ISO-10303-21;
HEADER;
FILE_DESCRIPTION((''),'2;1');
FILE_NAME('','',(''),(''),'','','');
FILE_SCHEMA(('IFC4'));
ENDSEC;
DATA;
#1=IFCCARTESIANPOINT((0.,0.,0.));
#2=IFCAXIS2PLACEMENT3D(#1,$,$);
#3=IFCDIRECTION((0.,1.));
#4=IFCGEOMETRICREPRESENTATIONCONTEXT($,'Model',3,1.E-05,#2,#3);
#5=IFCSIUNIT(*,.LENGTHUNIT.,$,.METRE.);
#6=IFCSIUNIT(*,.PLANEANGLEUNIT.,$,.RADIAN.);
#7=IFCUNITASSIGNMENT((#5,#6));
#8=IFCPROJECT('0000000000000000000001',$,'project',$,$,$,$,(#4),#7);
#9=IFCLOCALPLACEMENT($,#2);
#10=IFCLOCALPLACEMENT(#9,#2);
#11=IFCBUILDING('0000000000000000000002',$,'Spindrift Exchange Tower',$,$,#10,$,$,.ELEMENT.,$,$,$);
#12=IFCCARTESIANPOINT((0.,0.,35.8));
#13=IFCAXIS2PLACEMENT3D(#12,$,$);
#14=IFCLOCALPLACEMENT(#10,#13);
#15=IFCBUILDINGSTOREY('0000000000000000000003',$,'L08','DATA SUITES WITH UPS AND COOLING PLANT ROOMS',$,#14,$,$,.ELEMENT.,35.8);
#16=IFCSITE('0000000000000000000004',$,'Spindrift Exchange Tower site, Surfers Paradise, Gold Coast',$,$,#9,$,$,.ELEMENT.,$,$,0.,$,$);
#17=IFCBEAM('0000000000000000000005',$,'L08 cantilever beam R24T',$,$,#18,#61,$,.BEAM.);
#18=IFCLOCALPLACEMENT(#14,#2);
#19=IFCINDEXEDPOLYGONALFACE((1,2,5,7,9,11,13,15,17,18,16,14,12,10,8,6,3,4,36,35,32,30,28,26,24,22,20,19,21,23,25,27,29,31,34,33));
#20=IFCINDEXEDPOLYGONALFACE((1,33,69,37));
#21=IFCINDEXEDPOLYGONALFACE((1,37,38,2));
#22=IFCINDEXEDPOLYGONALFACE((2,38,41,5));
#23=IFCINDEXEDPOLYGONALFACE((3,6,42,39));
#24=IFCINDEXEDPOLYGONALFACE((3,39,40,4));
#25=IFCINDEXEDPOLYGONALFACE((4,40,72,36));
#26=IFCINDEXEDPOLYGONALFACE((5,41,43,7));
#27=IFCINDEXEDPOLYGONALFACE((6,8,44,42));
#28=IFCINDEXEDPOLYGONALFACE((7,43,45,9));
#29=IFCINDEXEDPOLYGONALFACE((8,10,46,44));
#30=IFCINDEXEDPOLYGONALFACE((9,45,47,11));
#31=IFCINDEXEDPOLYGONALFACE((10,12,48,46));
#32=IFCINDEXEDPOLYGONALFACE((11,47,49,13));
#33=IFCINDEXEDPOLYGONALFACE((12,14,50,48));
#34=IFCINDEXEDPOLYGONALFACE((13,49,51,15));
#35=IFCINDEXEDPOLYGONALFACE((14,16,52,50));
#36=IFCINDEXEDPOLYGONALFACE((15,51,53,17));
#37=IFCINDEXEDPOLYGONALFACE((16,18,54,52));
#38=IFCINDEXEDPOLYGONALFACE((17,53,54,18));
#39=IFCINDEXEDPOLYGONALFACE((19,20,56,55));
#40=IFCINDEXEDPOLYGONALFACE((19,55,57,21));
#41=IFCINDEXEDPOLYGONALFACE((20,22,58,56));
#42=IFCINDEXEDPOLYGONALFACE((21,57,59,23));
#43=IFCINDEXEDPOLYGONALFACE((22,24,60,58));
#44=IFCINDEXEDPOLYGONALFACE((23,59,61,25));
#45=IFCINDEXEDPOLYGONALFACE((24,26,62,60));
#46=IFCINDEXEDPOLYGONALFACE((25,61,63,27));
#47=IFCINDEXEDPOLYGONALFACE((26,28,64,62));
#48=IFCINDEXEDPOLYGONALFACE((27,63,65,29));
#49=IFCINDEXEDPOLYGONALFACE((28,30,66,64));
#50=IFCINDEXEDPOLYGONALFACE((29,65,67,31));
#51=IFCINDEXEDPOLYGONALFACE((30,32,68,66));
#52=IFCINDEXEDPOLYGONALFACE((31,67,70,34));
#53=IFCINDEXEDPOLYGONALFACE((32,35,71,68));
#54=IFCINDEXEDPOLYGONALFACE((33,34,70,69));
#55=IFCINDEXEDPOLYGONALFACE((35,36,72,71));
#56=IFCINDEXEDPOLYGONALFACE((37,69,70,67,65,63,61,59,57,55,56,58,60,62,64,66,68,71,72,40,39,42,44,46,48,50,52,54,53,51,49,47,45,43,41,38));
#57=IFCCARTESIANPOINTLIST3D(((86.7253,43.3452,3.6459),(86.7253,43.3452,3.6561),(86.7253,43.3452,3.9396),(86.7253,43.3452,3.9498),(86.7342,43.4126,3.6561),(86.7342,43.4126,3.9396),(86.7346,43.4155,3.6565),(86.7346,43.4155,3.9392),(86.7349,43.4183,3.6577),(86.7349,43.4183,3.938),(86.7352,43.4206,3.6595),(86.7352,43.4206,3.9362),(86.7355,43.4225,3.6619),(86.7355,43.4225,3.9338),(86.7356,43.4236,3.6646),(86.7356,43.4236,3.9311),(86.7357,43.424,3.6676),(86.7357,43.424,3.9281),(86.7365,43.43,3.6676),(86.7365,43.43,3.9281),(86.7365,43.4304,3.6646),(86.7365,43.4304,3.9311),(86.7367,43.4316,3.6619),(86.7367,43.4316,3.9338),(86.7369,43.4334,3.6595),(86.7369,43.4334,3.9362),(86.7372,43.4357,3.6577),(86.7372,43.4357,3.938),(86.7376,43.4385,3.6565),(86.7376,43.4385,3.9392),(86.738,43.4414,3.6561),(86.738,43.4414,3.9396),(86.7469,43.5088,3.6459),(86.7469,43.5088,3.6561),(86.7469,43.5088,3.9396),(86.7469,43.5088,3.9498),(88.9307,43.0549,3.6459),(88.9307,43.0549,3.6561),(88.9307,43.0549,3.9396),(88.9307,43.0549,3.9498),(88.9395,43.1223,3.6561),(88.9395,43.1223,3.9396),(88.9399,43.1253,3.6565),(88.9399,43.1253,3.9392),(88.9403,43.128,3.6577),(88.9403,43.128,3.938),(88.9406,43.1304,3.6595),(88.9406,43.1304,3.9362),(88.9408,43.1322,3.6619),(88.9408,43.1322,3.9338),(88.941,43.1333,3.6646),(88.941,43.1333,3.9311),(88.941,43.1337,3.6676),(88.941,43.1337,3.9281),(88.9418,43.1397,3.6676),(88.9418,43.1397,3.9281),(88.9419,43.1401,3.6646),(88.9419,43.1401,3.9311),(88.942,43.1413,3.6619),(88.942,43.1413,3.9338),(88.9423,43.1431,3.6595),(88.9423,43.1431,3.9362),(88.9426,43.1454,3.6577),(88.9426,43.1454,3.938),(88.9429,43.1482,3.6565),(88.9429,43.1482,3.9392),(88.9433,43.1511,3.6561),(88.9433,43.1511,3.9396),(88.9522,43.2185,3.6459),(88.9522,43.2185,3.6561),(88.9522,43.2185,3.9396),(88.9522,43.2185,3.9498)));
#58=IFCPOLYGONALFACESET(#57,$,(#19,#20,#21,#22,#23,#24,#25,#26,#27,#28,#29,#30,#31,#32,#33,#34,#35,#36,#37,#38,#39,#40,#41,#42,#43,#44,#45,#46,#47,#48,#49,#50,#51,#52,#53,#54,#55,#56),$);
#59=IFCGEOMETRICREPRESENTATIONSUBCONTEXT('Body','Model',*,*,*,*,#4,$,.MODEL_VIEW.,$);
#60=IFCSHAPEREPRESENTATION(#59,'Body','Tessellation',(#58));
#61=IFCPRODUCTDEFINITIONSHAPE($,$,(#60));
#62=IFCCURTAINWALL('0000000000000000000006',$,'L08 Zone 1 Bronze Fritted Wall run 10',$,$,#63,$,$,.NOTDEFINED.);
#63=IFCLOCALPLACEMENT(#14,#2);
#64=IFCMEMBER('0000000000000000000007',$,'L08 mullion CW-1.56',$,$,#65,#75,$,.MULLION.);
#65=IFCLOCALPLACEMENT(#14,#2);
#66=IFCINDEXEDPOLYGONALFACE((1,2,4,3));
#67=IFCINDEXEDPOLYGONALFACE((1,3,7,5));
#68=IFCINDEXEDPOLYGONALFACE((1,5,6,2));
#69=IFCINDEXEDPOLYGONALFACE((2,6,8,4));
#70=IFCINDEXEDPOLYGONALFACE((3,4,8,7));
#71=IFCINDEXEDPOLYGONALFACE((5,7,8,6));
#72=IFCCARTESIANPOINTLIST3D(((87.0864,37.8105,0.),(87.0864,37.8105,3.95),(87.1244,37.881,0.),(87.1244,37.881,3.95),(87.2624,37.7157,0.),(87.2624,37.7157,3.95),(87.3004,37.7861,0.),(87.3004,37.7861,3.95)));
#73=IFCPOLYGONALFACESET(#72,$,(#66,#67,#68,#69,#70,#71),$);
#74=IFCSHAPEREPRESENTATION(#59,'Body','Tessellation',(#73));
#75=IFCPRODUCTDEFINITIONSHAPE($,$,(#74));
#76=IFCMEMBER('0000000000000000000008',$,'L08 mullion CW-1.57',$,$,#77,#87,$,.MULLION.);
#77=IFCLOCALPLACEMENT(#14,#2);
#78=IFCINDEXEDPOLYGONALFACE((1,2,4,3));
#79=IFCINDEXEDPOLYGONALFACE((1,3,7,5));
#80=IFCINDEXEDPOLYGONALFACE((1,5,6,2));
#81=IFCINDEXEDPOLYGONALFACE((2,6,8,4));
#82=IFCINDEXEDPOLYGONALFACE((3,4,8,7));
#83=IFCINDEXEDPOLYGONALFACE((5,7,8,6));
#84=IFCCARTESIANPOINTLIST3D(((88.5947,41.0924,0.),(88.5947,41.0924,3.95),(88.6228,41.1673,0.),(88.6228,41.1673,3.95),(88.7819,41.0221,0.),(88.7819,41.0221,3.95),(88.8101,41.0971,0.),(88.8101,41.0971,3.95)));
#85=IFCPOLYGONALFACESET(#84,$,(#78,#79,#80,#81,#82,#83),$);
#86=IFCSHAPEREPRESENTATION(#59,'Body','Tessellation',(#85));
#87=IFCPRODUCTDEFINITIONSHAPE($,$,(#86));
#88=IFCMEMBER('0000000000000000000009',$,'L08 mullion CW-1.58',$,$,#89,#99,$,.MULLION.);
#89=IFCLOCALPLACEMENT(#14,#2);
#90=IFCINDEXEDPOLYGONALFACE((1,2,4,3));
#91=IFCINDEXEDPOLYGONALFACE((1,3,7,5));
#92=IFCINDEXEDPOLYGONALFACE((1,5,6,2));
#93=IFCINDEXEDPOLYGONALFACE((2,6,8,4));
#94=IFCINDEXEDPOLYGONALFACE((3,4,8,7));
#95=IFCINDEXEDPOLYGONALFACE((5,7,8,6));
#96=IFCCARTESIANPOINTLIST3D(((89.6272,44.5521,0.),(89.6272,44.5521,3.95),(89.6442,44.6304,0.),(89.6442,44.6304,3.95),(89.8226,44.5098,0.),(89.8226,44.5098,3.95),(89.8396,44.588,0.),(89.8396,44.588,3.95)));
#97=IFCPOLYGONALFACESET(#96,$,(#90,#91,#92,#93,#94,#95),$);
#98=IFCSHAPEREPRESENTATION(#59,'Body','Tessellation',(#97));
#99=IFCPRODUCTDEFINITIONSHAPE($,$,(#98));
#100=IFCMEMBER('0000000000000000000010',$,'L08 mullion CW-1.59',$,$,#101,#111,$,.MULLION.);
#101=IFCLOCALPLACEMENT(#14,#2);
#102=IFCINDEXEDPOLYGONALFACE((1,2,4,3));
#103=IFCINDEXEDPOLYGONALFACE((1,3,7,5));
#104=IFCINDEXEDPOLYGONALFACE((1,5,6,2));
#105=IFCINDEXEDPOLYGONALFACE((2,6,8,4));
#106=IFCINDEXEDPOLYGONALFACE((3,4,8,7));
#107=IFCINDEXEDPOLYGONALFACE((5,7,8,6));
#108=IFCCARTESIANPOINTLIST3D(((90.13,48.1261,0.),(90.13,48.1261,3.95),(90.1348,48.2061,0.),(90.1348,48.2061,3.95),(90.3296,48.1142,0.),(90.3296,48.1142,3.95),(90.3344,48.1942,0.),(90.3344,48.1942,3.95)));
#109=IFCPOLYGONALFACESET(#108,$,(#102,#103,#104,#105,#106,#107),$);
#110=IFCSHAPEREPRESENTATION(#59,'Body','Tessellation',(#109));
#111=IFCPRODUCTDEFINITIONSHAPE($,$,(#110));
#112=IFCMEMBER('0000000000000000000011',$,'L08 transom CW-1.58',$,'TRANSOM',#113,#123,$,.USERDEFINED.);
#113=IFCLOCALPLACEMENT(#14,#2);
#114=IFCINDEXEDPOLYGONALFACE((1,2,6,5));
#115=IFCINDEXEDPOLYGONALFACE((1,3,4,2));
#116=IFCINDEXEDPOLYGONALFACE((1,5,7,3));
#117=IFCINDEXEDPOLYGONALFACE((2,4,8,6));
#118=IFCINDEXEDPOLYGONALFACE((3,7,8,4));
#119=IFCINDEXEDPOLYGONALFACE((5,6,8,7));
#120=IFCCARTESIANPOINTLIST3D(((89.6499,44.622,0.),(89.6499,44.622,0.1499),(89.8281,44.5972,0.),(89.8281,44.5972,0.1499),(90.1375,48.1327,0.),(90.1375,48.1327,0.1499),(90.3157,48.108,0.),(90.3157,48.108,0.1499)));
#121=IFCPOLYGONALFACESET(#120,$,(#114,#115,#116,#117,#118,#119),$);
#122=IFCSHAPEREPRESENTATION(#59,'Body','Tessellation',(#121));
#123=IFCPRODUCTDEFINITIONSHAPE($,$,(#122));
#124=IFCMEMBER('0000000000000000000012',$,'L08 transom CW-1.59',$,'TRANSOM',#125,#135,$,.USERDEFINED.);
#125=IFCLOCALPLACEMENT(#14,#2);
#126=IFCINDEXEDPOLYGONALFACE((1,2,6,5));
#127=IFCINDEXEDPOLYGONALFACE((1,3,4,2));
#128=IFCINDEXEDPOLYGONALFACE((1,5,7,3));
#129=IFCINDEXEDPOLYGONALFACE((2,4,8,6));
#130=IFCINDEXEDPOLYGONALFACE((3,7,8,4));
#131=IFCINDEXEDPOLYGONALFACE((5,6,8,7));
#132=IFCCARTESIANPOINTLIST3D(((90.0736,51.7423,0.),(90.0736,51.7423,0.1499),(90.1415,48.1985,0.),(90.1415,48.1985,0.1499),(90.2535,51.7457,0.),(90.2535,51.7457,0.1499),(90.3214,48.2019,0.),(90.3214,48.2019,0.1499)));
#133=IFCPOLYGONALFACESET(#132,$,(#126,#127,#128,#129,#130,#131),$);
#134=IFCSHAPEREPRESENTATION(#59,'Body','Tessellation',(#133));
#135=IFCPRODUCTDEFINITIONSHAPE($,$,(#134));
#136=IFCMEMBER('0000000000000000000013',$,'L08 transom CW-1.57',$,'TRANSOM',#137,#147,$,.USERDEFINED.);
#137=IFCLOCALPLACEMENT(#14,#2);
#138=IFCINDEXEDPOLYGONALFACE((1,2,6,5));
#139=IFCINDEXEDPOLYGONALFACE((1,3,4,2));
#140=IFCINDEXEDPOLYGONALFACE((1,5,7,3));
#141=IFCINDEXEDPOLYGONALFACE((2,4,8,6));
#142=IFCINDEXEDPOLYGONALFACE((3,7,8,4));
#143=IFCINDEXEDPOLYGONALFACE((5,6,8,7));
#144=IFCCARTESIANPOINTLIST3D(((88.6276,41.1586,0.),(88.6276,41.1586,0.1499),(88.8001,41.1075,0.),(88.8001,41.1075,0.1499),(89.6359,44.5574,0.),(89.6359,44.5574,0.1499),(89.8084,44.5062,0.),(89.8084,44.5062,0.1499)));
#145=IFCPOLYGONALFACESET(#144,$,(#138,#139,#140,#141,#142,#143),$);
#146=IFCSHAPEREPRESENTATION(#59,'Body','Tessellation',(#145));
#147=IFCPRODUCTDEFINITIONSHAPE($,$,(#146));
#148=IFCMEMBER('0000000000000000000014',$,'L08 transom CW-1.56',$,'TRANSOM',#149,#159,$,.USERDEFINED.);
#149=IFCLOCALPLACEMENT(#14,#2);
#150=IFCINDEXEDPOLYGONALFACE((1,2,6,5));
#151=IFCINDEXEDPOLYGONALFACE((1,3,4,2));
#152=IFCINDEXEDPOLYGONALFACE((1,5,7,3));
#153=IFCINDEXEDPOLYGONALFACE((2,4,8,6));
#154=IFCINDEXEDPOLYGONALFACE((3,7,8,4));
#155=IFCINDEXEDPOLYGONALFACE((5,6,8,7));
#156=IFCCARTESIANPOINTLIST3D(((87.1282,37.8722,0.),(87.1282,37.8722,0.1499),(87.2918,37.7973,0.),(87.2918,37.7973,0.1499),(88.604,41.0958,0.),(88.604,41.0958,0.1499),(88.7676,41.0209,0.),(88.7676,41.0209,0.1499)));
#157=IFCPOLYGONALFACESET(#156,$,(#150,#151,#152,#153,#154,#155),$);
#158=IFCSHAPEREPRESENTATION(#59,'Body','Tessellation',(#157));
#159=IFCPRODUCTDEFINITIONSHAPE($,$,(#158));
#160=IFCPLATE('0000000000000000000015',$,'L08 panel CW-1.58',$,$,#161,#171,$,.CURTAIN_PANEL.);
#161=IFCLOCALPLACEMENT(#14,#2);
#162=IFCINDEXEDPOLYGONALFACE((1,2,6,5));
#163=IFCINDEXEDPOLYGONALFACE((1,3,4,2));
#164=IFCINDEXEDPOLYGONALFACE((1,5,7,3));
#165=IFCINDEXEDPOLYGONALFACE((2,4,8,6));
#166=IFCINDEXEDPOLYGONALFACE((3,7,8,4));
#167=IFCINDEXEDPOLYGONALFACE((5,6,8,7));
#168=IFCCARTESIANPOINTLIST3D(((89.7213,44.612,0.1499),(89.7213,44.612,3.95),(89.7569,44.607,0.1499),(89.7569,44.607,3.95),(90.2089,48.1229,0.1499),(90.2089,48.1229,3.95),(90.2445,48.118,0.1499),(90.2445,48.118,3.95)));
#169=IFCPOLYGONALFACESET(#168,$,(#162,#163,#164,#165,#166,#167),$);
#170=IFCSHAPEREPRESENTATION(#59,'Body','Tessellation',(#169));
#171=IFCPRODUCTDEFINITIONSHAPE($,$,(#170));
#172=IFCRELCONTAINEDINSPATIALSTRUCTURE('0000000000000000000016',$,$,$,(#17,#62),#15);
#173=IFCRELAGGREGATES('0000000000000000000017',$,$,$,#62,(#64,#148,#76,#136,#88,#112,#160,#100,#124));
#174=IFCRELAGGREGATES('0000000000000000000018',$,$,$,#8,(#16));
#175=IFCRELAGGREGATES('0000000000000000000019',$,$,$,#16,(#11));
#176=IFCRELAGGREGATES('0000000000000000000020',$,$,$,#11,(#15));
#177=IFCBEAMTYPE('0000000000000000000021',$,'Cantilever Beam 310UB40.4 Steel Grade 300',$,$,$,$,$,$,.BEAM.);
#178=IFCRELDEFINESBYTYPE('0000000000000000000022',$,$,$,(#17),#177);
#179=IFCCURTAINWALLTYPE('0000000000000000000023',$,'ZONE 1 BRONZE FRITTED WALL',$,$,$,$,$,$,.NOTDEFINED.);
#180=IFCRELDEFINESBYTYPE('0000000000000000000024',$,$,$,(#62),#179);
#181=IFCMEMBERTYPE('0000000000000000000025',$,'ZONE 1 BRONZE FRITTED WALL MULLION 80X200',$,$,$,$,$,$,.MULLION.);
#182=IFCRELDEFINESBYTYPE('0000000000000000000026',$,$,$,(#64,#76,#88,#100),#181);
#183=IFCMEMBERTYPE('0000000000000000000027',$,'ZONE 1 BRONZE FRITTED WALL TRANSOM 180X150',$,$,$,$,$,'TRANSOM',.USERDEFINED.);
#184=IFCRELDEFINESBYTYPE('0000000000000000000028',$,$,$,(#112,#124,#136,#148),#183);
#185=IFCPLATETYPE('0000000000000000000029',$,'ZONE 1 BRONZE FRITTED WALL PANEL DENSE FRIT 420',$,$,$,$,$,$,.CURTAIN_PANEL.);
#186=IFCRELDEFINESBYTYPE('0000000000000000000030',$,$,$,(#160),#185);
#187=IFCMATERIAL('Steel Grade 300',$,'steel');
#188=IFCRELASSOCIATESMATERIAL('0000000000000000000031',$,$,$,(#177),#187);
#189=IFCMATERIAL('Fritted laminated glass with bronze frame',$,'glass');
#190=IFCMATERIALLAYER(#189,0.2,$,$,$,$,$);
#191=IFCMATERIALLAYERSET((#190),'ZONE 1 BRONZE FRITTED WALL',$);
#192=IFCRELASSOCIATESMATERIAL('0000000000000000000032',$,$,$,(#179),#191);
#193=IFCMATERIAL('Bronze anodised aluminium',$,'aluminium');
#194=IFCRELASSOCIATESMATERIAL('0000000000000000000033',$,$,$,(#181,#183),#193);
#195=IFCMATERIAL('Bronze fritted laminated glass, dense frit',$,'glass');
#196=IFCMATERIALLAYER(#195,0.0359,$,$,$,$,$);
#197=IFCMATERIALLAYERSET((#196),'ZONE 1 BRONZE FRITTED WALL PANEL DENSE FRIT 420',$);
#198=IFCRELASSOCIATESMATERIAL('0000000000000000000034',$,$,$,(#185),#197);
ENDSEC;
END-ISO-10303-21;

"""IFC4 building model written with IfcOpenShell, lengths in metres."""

from ifc_helpers import new_model, si_unit, direction, frame, origin, origin_2d, place, context, subcontext, project, spatial, rectangle, i_section, extrude, source, transform, mapped, material, layer, layer_set, material_profile, profile_set, type_object, element, aggregate, save


model = new_model("IFC4")

# Units and contexts
model_context = context("Model", 3, precision=1e-05, world=origin(), true_north=direction((0.0, 1.0)))
body_context = subcontext(model_context, "Body", "Model", "MODEL_VIEW")
ifc_project = project(units=[si_unit("LENGTHUNIT", "METRE"), si_unit("PLANEANGLEUNIT", "RADIAN")], contexts=[model_context])

# Site, building, storey
site_placement = place(None, origin())
site = spatial("IfcSite", under=ifc_project, at=site_placement, Name="Spindrift Exchange Tower site, Surfers Paradise, Gold Coast", CompositionType="ELEMENT", RefElevation=0.0)
building_placement = place(site_placement, origin())
building = spatial("IfcBuilding", under=site, at=building_placement, Name="Spindrift Exchange Tower", CompositionType="ELEMENT")
storey_placement = place(building_placement, frame((0.0, 0.0, 35.8)))
storey = spatial("IfcBuildingStorey", under=building, at=storey_placement, Name="L08", Description="DATA SUITES WITH UPS AND COOLING PLANT ROOMS", CompositionType="ELEMENT", Elevation=35.8)

# Beam
ifc_material_1 = material(Name="Steel Grade 300", Category="steel")
ifc_material_profile_1 = material_profile(ifc_material_1, i_section(OverallWidth=0.165, OverallDepth=0.304, WebThickness=0.0061, FlangeThickness=0.0103, FilletRadius=0.0115, at=origin_2d()), Name="310UB40.4")
ifc_profile_set_1 = profile_set([ifc_material_profile_1], Name="Steel Grade 300")
beam_type_1 = type_object("IfcBeamType", Name="Cantilever Beam 310UB40.4 Steel Grade 300", PredefinedType="BEAM", material=ifc_profile_set_1)
shared_shape_1 = source(origin(), body_context, "Body", "SweptSolid", [
    extrude(i_section(OverallWidth=0.165, OverallDepth=0.304, WebThickness=0.0061, FlangeThickness=0.0103, FilletRadius=0.0115, at=origin_2d()), origin(), (0.0, 0.0, 1.0), 2.2244),
])
beam_1_placement = place(storey_placement, frame((86.7361, 43.427, 3.7979), z_axis=(0.991448, -0.130503, 0.0), x_axis=(0.130503, 0.991448, 0.0)))
element("IfcBeam", 1, at=beam_1_placement, inside=storey, type_object=beam_type_1, Name="L08 cantilever beam R24T", PredefinedType="BEAM", context=body_context, shape_type="MappedRepresentation", body=[
    mapped(shared_shape_1, transform((0.0, 0.0, 0.0), scale=1.0)),
])

# Curtain wall, members, plate
ifc_material_2 = material(Name="Fritted laminated glass with bronze frame", Category="glass")
ifc_layer_1 = layer(ifc_material_2, 0.2)
ifc_layer_set_1 = layer_set([ifc_layer_1], Name="ZONE 1 BRONZE FRITTED WALL")
curtain_wall_type = type_object("IfcCurtainWallType", Name="ZONE 1 BRONZE FRITTED WALL", PredefinedType="NOTDEFINED", material=ifc_layer_set_1)
curtain_wall_placement = place(storey_placement, origin())
curtain_wall = element("IfcCurtainWall", 2, at=curtain_wall_placement, inside=storey, type_object=curtain_wall_type, Name="L08 Zone 1 Bronze Fritted Wall run 10", PredefinedType="NOTDEFINED")
ifc_material_3 = material(Name="Bronze anodised aluminium", Category="aluminium")
ifc_material_profile_2 = material_profile(ifc_material_3, rectangle(XDim=0.0801, YDim=0.2, at=origin_2d()), Name="ZONE 1 BRONZE FRITTED WALL MULLION 80X200")
ifc_profile_set_2 = profile_set([ifc_material_profile_2], Name="Bronze anodised aluminium")
member_type_1 = type_object("IfcMemberType", Name="ZONE 1 BRONZE FRITTED WALL MULLION 80X200", PredefinedType="MULLION", material=ifc_profile_set_2)
shared_shape_2 = source(origin(), body_context, "Body", "SweptSolid", [
    extrude(rectangle(XDim=0.0801, YDim=0.2, at=origin_2d()), origin(), (0.0, 0.0, 1.0), 3.95),
])
member_1_placement = place(storey_placement, frame((87.1934, 37.7983, 0.0), z_axis=(0.0, 0.0, 1.0), x_axis=(0.474517, 0.880246, 0.0)))
member_1 = element("IfcMember", 3, at=member_1_placement, type_object=member_type_1, Name="L08 mullion CW-1.56", PredefinedType="MULLION", context=body_context, shape_type="MappedRepresentation", body=[
    mapped(shared_shape_2, transform((0.0, 0.0, 0.0), scale=1.0)),
])
member_2_placement = place(storey_placement, frame((88.7024, 41.0947, 0.0), z_axis=(0.0, 0.0, 1.0), x_axis=(0.351218, 0.936294, 0.0)))
member_2 = element("IfcMember", 4, at=member_2_placement, type_object=member_type_1, Name="L08 mullion CW-1.57", PredefinedType="MULLION", context=body_context, shape_type="MappedRepresentation", body=[
    mapped(shared_shape_2, transform((0.0, 0.0, 0.0), scale=1.0)),
])
member_3_placement = place(storey_placement, frame((89.7334, 44.5701, 0.0), z_axis=(0.0, 0.0, 1.0), x_axis=(0.211585, 0.97736, 0.0)))
member_3 = element("IfcMember", 5, at=member_3_placement, type_object=member_type_1, Name="L08 mullion CW-1.58", PredefinedType="MULLION", context=body_context, shape_type="MappedRepresentation", body=[
    mapped(shared_shape_2, transform((0.0, 0.0, 0.0), scale=1.0)),
])
member_4_placement = place(storey_placement, frame((90.2322, 48.1602, 0.0), z_axis=(0.0, 0.0, 1.0), x_axis=(0.059418, 0.998233, 0.0)))
member_4 = element("IfcMember", 6, at=member_4_placement, type_object=member_type_1, Name="L08 mullion CW-1.59", PredefinedType="MULLION", context=body_context, shape_type="MappedRepresentation", body=[
    mapped(shared_shape_2, transform((0.0, 0.0, 0.0), scale=1.0)),
])
ifc_material_profile_3 = material_profile(ifc_material_3, rectangle(XDim=0.1799, YDim=0.1499, at=origin_2d()), Name="ZONE 1 BRONZE FRITTED WALL TRANSOM 180X150")
ifc_profile_set_3 = profile_set([ifc_material_profile_3], Name="Bronze anodised aluminium")
member_type_2 = type_object("IfcMemberType", Name="ZONE 1 BRONZE FRITTED WALL TRANSOM 180X150", ElementType="TRANSOM", PredefinedType="USERDEFINED", material=ifc_profile_set_3)
shared_shape_3 = source(origin(), body_context, "Body", "SweptSolid", [
    extrude(rectangle(XDim=0.1799, YDim=0.1499, at=origin_2d()), origin(), (0.0, 0.0, 1.0), 3.5444),
])
member_5_placement = place(storey_placement, frame((89.739, 44.6096, 0.075), z_axis=(0.137553, 0.990494, 0.0), x_axis=(-0.990494, 0.137553, 0.0)))
member_5 = element("IfcMember", 7, at=member_5_placement, type_object=member_type_2, Name="L08 transom CW-1.58", ObjectType="TRANSOM", PredefinedType="USERDEFINED", context=body_context, shape_type="MappedRepresentation", body=[
    mapped(shared_shape_3, transform((0.0, 0.0, 0.0), scale=1.0)),
])
member_6_placement = place(storey_placement, frame((90.2314, 48.2002, 0.075), z_axis=(-0.019149, 0.999817, 0.0), x_axis=(-0.999817, -0.019149, 0.0)))
member_6 = element("IfcMember", 8, at=member_6_placement, type_object=member_type_2, Name="L08 transom CW-1.59", ObjectType="TRANSOM", PredefinedType="USERDEFINED", context=body_context, shape_type="MappedRepresentation", body=[
    mapped(shared_shape_3, transform((0.0, 0.0, 0.0), scale=1.0)),
])
shared_shape_4 = source(origin(), body_context, "Body", "SweptSolid", [
    extrude(rectangle(XDim=0.1799, YDim=0.1499, at=origin_2d()), origin(), (0.0, 0.0, 1.0), 3.5452),
])
member_7_placement = place(storey_placement, frame((88.7139, 41.1331, 0.075), z_axis=(0.284421, 0.958699, 0.0), x_axis=(-0.958699, 0.284421, 0.0)))
member_7 = element("IfcMember", 9, at=member_7_placement, type_object=member_type_2, Name="L08 transom CW-1.57", ObjectType="TRANSOM", PredefinedType="USERDEFINED", context=body_context, shape_type="MappedRepresentation", body=[
    mapped(shared_shape_4, transform((0.0, 0.0, 0.0), scale=1.0)),
])
shared_shape_5 = source(origin(), body_context, "Body", "SweptSolid", [
    extrude(rectangle(XDim=0.1799, YDim=0.1499, at=origin_2d()), origin(), (0.0, 0.0, 1.0), 3.5454),
])
member_8_placement = place(storey_placement, frame((87.21, 37.8347, 0.075), z_axis=(0.416266, 0.909243, 0.0), x_axis=(-0.909243, 0.416266, 0.0)))
member_8 = element("IfcMember", 10, at=member_8_placement, type_object=member_type_2, Name="L08 transom CW-1.56", ObjectType="TRANSOM", PredefinedType="USERDEFINED", context=body_context, shape_type="MappedRepresentation", body=[
    mapped(shared_shape_5, transform((0.0, 0.0, 0.0), scale=1.0)),
])
ifc_material_4 = material(Name="Bronze fritted laminated glass, dense frit", Category="glass")
ifc_layer_2 = layer(ifc_material_4, 0.0359)
ifc_layer_set_2 = layer_set([ifc_layer_2], Name="ZONE 1 BRONZE FRITTED WALL PANEL DENSE FRIT 420")
plate_type_1 = type_object("IfcPlateType", Name="ZONE 1 BRONZE FRITTED WALL PANEL DENSE FRIT 420", PredefinedType="CURTAIN_PANEL", material=ifc_layer_set_2)
shared_shape_6 = source(origin(), body_context, "Body", "SweptSolid", [
    extrude(rectangle(XDim=3.5447, YDim=0.0359, at=origin_2d()), origin(), (0.0, 0.0, 1.0), 3.8),
])
plate_1_placement = place(storey_placement, frame((89.9829, 46.365, 0.1499), z_axis=(0.0, 0.0, 1.0), x_axis=(0.137562, 0.990493, 0.0)))
plate_1 = element("IfcPlate", 11, at=plate_1_placement, type_object=plate_type_1, Name="L08 panel CW-1.58", PredefinedType="CURTAIN_PANEL", context=body_context, shape_type="MappedRepresentation", body=[
    mapped(shared_shape_6, transform((0.0, 0.0, 0.0), scale=1.0)),
])
aggregate(curtain_wall, [member_1, member_8, member_2, member_7, member_3, member_5, plate_1, member_4, member_6])

save(model, "model.ifc")
